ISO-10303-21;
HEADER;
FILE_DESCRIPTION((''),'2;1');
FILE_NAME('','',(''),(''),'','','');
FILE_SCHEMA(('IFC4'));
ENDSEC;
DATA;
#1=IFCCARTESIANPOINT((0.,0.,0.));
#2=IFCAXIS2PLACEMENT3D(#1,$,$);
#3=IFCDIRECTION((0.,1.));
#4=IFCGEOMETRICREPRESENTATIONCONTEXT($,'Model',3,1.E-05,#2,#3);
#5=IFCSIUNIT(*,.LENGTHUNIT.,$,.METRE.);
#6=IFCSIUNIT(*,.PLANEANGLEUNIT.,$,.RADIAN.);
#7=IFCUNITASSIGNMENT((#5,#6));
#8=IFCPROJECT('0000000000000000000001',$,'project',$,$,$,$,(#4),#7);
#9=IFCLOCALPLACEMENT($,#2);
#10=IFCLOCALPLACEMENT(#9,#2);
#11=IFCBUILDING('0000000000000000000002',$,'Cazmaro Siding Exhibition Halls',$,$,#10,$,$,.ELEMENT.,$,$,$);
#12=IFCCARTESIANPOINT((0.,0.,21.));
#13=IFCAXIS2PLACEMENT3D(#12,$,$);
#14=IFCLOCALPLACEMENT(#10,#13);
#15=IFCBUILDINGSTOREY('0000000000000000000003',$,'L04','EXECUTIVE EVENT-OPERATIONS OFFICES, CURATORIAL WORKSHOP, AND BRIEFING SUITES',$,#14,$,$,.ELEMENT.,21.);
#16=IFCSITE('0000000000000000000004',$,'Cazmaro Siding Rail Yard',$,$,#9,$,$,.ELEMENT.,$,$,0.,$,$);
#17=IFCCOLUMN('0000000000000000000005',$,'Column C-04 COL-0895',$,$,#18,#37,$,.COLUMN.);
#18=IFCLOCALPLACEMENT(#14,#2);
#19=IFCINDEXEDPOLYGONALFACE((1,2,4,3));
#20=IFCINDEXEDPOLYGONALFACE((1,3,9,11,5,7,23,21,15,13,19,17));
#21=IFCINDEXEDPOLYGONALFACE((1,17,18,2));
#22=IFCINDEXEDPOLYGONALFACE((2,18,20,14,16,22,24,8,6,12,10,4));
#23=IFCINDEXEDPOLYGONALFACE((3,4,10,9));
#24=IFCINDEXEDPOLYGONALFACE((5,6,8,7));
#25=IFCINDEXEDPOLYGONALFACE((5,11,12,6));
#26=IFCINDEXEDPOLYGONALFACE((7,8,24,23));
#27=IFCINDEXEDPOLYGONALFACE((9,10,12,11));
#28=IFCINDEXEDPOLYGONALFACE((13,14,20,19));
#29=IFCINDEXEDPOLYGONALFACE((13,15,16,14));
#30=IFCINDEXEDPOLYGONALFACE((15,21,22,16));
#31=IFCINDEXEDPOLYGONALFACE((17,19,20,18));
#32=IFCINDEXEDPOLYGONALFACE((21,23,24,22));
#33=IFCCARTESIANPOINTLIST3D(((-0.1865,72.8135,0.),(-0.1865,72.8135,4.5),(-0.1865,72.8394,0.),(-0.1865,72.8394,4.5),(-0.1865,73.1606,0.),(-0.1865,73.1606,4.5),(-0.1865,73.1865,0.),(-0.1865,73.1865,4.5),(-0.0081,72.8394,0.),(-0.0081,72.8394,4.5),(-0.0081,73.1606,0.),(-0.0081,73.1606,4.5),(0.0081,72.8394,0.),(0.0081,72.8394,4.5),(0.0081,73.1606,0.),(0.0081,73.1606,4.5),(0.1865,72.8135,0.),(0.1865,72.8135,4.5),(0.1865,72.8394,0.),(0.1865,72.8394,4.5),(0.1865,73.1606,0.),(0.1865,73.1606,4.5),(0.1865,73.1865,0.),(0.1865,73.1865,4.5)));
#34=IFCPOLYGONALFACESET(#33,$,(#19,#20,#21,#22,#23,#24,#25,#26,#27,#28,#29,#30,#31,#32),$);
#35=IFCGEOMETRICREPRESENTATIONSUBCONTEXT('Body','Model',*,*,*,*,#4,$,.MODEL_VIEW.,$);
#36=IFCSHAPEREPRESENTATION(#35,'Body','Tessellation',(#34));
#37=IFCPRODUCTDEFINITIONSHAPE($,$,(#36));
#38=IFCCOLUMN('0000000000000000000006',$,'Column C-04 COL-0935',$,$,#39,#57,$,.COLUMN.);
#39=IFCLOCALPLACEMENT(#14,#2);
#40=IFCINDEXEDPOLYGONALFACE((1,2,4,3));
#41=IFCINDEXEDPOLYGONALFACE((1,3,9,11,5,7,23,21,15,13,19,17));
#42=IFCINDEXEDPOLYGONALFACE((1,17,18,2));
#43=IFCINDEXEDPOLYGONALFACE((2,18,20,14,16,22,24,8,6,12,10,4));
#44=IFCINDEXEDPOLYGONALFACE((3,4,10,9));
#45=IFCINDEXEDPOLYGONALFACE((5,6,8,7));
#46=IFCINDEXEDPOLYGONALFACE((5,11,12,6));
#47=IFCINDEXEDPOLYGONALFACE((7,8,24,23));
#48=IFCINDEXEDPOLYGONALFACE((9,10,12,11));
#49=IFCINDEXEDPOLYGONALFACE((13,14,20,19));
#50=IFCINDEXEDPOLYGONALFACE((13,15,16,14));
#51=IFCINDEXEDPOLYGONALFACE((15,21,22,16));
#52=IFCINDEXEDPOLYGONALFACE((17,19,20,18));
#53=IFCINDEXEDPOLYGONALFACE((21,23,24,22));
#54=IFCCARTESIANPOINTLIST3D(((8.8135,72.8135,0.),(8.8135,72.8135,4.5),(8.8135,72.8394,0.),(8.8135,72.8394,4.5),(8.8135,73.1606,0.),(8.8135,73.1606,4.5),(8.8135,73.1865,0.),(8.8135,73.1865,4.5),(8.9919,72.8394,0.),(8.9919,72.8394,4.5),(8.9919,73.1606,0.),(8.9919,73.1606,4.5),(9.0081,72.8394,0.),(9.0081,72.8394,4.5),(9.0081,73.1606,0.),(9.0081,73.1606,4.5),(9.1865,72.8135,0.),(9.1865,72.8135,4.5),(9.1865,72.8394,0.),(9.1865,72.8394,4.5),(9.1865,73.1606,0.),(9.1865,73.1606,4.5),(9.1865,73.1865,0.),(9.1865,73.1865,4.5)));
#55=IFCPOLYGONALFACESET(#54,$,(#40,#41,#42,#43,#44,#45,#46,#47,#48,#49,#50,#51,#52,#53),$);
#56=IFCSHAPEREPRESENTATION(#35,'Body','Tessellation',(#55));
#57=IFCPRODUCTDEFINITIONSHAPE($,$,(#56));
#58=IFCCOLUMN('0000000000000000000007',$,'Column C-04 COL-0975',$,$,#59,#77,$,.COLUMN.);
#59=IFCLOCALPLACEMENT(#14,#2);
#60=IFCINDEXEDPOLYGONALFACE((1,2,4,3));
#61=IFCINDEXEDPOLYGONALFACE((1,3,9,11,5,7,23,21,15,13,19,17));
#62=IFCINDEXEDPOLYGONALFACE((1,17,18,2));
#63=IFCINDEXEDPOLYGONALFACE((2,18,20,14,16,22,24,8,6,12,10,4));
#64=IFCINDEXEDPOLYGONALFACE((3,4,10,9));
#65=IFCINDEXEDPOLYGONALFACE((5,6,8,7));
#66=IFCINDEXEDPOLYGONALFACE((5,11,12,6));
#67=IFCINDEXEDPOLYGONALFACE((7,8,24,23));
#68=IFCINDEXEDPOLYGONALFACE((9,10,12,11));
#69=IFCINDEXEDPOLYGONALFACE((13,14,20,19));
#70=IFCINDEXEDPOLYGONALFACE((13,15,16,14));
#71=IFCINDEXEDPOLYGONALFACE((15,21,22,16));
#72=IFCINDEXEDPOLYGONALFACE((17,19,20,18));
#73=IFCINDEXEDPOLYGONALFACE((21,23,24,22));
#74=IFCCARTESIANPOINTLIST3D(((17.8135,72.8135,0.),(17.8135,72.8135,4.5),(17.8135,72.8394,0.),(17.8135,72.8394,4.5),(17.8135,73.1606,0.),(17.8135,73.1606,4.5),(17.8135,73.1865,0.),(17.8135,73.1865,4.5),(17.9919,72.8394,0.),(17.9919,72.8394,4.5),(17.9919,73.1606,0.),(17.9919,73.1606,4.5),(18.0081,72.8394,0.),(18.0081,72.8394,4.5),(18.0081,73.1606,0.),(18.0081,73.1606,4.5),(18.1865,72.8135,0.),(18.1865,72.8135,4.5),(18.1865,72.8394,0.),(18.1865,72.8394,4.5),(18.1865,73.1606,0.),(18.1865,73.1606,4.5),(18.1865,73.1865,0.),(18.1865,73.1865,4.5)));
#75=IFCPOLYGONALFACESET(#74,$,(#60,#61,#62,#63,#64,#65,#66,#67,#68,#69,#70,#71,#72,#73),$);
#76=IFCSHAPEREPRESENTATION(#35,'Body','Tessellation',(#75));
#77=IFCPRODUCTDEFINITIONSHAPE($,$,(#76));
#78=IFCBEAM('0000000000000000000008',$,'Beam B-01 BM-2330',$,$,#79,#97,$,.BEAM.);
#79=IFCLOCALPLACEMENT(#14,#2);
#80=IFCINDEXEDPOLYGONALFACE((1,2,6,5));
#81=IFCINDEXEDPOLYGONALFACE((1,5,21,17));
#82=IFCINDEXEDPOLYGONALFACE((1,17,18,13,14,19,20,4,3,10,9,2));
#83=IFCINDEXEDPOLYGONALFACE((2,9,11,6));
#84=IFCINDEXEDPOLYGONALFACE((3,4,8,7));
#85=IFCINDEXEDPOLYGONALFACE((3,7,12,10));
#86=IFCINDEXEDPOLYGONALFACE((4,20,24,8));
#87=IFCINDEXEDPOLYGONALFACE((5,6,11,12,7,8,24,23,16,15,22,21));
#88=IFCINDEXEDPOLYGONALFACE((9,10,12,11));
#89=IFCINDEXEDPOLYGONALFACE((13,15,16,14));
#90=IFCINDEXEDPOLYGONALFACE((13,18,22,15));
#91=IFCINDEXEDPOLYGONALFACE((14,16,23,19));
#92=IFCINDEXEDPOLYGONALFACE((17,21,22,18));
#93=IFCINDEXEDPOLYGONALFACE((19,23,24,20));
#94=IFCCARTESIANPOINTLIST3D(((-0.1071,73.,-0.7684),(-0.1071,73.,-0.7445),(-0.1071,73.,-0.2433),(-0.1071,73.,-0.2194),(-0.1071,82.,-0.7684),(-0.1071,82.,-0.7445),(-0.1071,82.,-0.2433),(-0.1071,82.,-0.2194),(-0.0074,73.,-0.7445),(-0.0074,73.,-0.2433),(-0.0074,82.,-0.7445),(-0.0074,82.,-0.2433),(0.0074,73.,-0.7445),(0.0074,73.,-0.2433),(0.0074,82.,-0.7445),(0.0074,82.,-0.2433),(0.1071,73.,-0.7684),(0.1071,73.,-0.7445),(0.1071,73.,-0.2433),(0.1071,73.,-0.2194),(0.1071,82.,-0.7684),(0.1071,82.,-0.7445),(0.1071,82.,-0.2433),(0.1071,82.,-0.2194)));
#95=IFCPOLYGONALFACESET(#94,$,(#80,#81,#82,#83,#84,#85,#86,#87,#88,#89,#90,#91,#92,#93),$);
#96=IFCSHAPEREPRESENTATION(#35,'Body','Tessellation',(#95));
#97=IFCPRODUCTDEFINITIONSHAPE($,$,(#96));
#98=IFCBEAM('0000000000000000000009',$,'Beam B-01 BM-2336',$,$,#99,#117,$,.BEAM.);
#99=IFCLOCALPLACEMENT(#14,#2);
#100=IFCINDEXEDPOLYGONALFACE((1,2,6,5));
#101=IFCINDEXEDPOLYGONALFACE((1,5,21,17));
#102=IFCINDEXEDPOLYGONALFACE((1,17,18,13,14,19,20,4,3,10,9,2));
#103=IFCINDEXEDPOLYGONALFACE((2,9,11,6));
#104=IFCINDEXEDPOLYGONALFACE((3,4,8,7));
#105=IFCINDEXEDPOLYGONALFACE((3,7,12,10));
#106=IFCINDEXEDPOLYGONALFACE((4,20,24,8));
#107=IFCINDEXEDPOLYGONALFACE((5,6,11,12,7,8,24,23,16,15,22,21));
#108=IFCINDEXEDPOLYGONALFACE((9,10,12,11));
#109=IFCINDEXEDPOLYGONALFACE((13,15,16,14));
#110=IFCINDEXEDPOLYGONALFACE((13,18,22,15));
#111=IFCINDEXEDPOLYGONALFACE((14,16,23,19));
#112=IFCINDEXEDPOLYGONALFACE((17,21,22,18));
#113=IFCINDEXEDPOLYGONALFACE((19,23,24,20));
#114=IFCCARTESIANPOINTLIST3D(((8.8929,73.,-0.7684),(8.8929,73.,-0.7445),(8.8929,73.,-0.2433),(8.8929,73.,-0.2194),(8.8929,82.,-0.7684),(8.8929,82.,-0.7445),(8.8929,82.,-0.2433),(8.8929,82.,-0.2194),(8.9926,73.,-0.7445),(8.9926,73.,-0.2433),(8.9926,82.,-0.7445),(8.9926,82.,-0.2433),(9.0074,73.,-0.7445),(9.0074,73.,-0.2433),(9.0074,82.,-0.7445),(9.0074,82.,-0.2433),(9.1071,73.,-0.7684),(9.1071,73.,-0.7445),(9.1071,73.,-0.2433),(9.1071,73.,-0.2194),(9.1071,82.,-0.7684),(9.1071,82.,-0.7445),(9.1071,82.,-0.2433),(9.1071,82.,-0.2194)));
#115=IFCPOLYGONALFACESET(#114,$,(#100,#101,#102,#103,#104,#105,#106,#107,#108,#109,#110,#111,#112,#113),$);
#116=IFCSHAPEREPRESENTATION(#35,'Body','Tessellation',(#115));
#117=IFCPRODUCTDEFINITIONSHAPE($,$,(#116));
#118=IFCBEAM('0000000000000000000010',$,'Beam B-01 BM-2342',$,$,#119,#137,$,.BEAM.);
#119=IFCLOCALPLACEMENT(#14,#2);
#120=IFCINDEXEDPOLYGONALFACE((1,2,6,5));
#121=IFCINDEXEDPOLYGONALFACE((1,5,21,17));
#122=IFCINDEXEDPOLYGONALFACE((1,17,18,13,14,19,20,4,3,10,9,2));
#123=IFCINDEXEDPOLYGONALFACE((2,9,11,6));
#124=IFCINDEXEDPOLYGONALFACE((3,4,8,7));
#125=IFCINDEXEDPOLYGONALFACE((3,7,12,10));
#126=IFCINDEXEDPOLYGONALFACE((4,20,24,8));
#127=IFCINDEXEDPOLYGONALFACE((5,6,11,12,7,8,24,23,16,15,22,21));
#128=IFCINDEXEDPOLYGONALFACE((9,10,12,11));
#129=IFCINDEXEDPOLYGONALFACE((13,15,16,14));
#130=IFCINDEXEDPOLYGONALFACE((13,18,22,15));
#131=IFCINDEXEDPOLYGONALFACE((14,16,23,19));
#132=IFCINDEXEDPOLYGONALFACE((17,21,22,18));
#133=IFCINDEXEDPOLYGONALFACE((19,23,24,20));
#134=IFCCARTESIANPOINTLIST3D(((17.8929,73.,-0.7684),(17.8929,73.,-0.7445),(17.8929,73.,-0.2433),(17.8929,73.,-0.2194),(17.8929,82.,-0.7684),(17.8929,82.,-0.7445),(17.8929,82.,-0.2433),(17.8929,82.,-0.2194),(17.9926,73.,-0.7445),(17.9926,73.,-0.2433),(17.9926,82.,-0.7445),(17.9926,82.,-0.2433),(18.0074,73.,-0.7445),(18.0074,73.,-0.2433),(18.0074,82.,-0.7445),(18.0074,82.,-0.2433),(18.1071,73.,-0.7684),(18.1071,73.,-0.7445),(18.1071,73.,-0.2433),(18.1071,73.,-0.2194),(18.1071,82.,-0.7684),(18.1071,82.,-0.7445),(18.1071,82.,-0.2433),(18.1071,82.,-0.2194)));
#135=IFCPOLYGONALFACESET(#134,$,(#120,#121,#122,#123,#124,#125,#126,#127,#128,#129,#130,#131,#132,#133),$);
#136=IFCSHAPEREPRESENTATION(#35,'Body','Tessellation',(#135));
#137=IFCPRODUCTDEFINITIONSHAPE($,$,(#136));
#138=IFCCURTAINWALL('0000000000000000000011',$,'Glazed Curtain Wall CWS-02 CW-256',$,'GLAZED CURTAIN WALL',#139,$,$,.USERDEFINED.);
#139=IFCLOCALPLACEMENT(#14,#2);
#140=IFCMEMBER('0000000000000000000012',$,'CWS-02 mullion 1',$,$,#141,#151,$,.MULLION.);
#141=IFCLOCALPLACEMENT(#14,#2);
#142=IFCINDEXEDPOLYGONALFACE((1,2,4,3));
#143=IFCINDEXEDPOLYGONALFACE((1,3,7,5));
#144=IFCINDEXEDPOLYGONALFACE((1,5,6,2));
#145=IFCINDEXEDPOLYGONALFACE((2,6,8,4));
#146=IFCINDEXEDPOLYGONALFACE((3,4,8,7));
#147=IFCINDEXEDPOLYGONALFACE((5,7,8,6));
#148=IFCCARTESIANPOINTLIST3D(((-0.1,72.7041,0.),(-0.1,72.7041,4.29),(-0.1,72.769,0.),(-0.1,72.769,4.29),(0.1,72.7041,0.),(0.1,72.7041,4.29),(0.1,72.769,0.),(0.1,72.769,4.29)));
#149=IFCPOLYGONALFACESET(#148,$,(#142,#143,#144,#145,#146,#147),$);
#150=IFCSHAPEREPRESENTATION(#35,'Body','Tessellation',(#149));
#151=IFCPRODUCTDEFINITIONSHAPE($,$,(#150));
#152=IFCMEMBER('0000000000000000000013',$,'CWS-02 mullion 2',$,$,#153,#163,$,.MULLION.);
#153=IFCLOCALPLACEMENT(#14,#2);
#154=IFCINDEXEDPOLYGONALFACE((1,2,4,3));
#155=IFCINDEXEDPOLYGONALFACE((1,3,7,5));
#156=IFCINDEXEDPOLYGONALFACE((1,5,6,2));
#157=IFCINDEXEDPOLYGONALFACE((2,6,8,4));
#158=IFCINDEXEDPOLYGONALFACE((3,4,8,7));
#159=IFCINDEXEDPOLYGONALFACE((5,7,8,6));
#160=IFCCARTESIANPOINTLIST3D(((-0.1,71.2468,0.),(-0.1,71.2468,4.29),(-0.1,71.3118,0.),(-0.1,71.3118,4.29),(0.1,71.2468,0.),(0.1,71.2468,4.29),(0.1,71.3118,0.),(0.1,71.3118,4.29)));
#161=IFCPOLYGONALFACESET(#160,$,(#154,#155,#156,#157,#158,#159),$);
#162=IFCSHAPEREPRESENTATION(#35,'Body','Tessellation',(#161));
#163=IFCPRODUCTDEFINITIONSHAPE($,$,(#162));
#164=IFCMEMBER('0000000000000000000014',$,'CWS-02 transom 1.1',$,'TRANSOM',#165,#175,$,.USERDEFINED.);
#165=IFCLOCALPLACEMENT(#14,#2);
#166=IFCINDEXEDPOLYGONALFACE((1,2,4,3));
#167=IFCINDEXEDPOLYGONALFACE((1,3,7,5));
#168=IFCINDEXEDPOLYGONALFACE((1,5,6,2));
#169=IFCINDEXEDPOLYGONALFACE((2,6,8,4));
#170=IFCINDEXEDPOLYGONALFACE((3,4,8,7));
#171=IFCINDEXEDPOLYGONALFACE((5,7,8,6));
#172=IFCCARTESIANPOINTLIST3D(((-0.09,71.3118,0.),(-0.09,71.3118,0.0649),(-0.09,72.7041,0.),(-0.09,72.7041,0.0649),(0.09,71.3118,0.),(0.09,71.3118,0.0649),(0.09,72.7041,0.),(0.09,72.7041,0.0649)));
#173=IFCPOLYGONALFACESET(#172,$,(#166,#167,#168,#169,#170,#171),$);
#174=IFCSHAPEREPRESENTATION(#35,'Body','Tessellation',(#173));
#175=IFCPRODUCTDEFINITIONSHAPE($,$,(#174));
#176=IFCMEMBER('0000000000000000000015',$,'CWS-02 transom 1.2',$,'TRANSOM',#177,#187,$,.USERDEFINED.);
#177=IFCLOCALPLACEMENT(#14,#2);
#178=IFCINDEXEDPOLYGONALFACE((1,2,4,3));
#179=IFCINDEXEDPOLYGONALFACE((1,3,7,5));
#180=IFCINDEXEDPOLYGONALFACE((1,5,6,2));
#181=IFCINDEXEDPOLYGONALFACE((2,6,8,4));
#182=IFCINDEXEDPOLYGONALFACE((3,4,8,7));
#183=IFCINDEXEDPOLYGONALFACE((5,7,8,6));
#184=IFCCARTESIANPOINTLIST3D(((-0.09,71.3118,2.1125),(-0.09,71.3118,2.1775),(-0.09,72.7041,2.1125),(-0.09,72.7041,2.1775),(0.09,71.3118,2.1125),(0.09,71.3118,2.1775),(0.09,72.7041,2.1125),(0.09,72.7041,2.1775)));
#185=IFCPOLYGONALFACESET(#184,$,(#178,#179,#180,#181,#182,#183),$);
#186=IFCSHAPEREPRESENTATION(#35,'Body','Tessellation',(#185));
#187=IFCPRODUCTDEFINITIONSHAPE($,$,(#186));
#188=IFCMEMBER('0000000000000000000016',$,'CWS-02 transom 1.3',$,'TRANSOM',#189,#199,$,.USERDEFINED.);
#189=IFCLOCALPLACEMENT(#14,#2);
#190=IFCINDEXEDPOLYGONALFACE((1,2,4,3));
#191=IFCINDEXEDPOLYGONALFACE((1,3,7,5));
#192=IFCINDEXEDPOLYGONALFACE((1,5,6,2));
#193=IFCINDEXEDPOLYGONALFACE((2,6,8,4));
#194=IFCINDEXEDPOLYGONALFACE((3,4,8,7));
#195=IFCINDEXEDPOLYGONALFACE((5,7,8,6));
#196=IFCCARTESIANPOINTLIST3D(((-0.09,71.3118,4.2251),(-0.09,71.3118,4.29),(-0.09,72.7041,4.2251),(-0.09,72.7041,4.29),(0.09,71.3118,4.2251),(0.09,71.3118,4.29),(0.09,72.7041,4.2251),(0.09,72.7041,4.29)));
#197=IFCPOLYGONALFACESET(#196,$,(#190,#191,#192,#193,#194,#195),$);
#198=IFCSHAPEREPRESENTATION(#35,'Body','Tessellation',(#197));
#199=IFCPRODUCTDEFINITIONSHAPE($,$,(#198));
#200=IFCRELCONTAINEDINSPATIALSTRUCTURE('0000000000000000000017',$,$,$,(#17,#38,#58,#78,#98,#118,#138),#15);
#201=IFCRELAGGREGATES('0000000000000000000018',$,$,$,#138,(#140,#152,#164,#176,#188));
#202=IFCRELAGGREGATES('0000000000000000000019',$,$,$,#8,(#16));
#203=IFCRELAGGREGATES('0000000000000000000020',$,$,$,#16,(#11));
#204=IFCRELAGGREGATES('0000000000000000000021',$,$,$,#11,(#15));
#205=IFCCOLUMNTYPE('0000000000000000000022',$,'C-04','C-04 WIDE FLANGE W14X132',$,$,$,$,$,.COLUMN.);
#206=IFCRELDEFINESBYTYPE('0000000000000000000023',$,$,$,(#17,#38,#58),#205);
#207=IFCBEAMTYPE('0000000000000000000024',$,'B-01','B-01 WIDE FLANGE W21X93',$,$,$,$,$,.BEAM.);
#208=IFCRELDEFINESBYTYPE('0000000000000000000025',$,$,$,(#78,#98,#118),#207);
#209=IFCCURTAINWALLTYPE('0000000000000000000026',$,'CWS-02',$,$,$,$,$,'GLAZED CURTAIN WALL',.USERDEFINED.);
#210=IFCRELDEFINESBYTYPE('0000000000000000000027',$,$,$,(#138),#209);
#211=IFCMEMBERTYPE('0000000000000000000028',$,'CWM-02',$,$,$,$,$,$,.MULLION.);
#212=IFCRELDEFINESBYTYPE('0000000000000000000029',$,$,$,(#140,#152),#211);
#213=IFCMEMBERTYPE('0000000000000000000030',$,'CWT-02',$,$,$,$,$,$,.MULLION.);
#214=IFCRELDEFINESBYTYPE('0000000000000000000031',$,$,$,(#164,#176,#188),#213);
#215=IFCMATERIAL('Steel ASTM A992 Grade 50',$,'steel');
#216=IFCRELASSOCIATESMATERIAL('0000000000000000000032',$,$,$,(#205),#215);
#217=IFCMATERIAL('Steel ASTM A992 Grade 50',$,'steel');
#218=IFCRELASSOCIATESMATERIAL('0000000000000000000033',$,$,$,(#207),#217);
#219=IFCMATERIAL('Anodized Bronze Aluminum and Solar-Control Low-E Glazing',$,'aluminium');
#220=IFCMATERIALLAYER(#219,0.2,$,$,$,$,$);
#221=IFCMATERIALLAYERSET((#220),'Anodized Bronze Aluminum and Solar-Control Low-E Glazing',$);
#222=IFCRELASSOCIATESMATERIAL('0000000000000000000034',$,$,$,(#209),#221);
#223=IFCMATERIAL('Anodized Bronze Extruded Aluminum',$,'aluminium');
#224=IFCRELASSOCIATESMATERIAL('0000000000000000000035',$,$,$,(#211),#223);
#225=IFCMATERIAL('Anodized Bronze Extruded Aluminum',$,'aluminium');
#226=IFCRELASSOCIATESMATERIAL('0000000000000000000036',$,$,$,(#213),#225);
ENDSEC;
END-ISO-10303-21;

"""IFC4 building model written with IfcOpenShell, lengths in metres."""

from ifc_helpers import new_model, si_unit, direction, frame, origin, origin_2d, place, context, subcontext, project, spatial, rectangle, i_section, extrude, material, layer, layer_set, material_profile, profile_set, type_object, element, aggregate, save


model = new_model("IFC4")

# Units and contexts
model_context = context("Model", 3, precision=1e-05, world=origin(), true_north=direction((0.0, 1.0)))
body_context = subcontext(model_context, "Body", "Model", "MODEL_VIEW")
ifc_project = project(units=[si_unit("LENGTHUNIT", "METRE"), si_unit("PLANEANGLEUNIT", "RADIAN")], contexts=[model_context])

# Site, building, storey
site_placement = place(None, origin())
site = spatial("IfcSite", under=ifc_project, at=site_placement, Name="Cazmaro Siding Rail Yard", CompositionType="ELEMENT", RefElevation=0.0)
building_placement = place(site_placement, origin())
building = spatial("IfcBuilding", under=site, at=building_placement, Name="Cazmaro Siding Exhibition Halls", CompositionType="ELEMENT")
storey_placement = place(building_placement, frame((0.0, 0.0, 21.0)))
storey = spatial("IfcBuildingStorey", under=building, at=storey_placement, Name="L04", Description="EXECUTIVE EVENT-OPERATIONS OFFICES, CURATORIAL WORKSHOP, AND BRIEFING SUITES", CompositionType="ELEMENT", Elevation=21.0)

# Columns
ifc_material_1 = material(Name="Steel ASTM A992 Grade 50", Category="steel")
ifc_material_profile_1 = material_profile(ifc_material_1, i_section(OverallWidth=0.373, OverallDepth=0.373, WebThickness=0.0161, FlangeThickness=0.0259, at=origin_2d()), Name="W14X132")
ifc_profile_set_1 = profile_set([ifc_material_profile_1], Name="Steel ASTM A992 Grade 50")
column_type = type_object("IfcColumnType", Name="C-04", Description="C-04 WIDE FLANGE W14X132", PredefinedType="COLUMN", material=ifc_profile_set_1)
for number, where, z_axis, x_axis, name in (
    (1, (0.0, 73.0, 0.0), (0.0, 0.0, 1.0), (1.0, 0.0, 0.0), "Column C-04 COL-0895"),
    (2, (9.0, 73.0, 0.0), (0.0, 0.0, 1.0), (1.0, 0.0, 0.0), "Column C-04 COL-0935"),
    (3, (18.0, 73.0, 0.0), (0.0, 0.0, 1.0), (1.0, 0.0, 0.0), "Column C-04 COL-0975"),
):
    element("IfcColumn", number, at=place(storey_placement, frame(where, z_axis=z_axis, x_axis=x_axis)), inside=storey, type_object=column_type, Name=name, PredefinedType="COLUMN", context=body_context, shape_type="SweptSolid", body=[
        extrude(i_section(OverallWidth=0.373, OverallDepth=0.373, WebThickness=0.0161, FlangeThickness=0.0259, at=origin_2d()), origin(), (0.0, 0.0, 1.0), 4.5),
    ])

# Beams
ifc_material_2 = material(Name="Steel ASTM A992 Grade 50", Category="steel")
ifc_material_profile_2 = material_profile(ifc_material_2, i_section(OverallWidth=0.2141, OverallDepth=0.5491, WebThickness=0.0149, FlangeThickness=0.0239, at=origin_2d()), Name="W21X93")
ifc_profile_set_2 = profile_set([ifc_material_profile_2], Name="Steel ASTM A992 Grade 50")
beam_type_1 = type_object("IfcBeamType", Name="B-01", Description="B-01 WIDE FLANGE W21X93", PredefinedType="BEAM", material=ifc_profile_set_2)
for number, where, z_axis, x_axis, name in (
    (4, (0.0, 73.0, -0.4939), (0.0, 1.0, 0.0), (-1.0, 0.0, 0.0), "Beam B-01 BM-2330"),
    (5, (9.0, 73.0, -0.4939), (0.0, 1.0, 0.0), (-1.0, 0.0, 0.0), "Beam B-01 BM-2336"),
    (6, (18.0, 73.0, -0.4939), (0.0, 1.0, 0.0), (-1.0, 0.0, 0.0), "Beam B-01 BM-2342"),
):
    element("IfcBeam", number, at=place(storey_placement, frame(where, z_axis=z_axis, x_axis=x_axis)), inside=storey, type_object=beam_type_1, Name=name, PredefinedType="BEAM", context=body_context, shape_type="SweptSolid", body=[
        extrude(i_section(OverallWidth=0.2141, OverallDepth=0.5491, WebThickness=0.0149, FlangeThickness=0.0239, at=origin_2d()), origin(), (0.0, 0.0, 1.0), 9.0),
    ])

# Curtain wall, members
ifc_material_3 = material(Name="Anodized Bronze Aluminum and Solar-Control Low-E Glazing", Category="aluminium")
ifc_layer_1 = layer(ifc_material_3, 0.2)
ifc_layer_set_1 = layer_set([ifc_layer_1], Name="Anodized Bronze Aluminum and Solar-Control Low-E Glazing")
curtain_wall_type = type_object("IfcCurtainWallType", Name="CWS-02", ElementType="GLAZED CURTAIN WALL", PredefinedType="USERDEFINED", material=ifc_layer_set_1)
curtain_wall_placement = place(storey_placement, origin())
curtain_wall = element("IfcCurtainWall", 7, at=curtain_wall_placement, inside=storey, type_object=curtain_wall_type, Name="Glazed Curtain Wall CWS-02 CW-256", ObjectType="GLAZED CURTAIN WALL", PredefinedType="USERDEFINED")
ifc_material_4 = material(Name="Anodized Bronze Extruded Aluminum", Category="aluminium")
ifc_material_profile_3 = material_profile(ifc_material_4, rectangle(XDim=0.2, YDim=0.0649, at=origin_2d()), Name="CWM-02")
ifc_profile_set_3 = profile_set([ifc_material_profile_3], Name="Anodized Bronze Extruded Aluminum")
member_type_1 = type_object("IfcMemberType", Name="CWM-02", PredefinedType="MULLION", material=ifc_profile_set_3)
member_1_placement = place(storey_placement, frame((0.0, 72.7366, 0.0), z_axis=(0.0, 0.0, 1.0), x_axis=(1.0, 0.0, 0.0)))
member_1 = element("IfcMember", 8, at=member_1_placement, type_object=member_type_1, Name="CWS-02 mullion 1", PredefinedType="MULLION", context=body_context, shape_type="SweptSolid", body=[
    extrude(rectangle(XDim=0.2, YDim=0.0649, at=origin_2d()), origin(), (0.0, 0.0, 1.0), 4.29),
])
member_2_placement = place(storey_placement, frame((0.0, 71.2793, 0.0), z_axis=(0.0, 0.0, 1.0), x_axis=(1.0, 0.0, 0.0)))
member_2 = element("IfcMember", 9, at=member_2_placement, type_object=member_type_1, Name="CWS-02 mullion 2", PredefinedType="MULLION", context=body_context, shape_type="SweptSolid", body=[
    extrude(rectangle(XDim=0.2, YDim=0.0649, at=origin_2d()), origin(), (0.0, 0.0, 1.0), 4.29),
])
ifc_material_5 = material(Name="Anodized Bronze Extruded Aluminum", Category="aluminium")
ifc_material_profile_4 = material_profile(ifc_material_5, rectangle(XDim=0.1799, YDim=0.0649, at=origin_2d()), Name="CWT-02")
ifc_profile_set_4 = profile_set([ifc_material_profile_4], Name="Anodized Bronze Extruded Aluminum")
member_type_2 = type_object("IfcMemberType", Name="CWT-02", PredefinedType="MULLION", material=ifc_profile_set_4)
member_3_placement = place(storey_placement, frame((0.0, 72.7041, 0.0325), z_axis=(0.0, -1.0, 0.0), x_axis=(1.0, 0.0, 0.0)))
member_3 = element("IfcMember", 10, at=member_3_placement, type_object=member_type_2, Name="CWS-02 transom 1.1", ObjectType="TRANSOM", PredefinedType="USERDEFINED", context=body_context, shape_type="SweptSolid", body=[
    extrude(rectangle(XDim=0.1799, YDim=0.0649, at=origin_2d()), origin(), (0.0, 0.0, 1.0), 1.3923),
])
member_4_placement = place(storey_placement, frame((0.0, 72.7041, 2.145), z_axis=(0.0, -1.0, 0.0), x_axis=(1.0, 0.0, 0.0)))
member_4 = element("IfcMember", 11, at=member_4_placement, type_object=member_type_2, Name="CWS-02 transom 1.2", ObjectType="TRANSOM", PredefinedType="USERDEFINED", context=body_context, shape_type="SweptSolid", body=[
    extrude(rectangle(XDim=0.1799, YDim=0.0649, at=origin_2d()), origin(), (0.0, 0.0, 1.0), 1.3923),
])
member_5_placement = place(storey_placement, frame((0.0, 72.7041, 4.2576), z_axis=(0.0, -1.0, 0.0), x_axis=(1.0, 0.0, 0.0)))
member_5 = element("IfcMember", 12, at=member_5_placement, type_object=member_type_2, Name="CWS-02 transom 1.3", ObjectType="TRANSOM", PredefinedType="USERDEFINED", context=body_context, shape_type="SweptSolid", body=[
    extrude(rectangle(XDim=0.1799, YDim=0.0649, at=origin_2d()), origin(), (0.0, 0.0, 1.0), 1.3923),
])

aggregate(curtain_wall, [member_1, member_2, member_3, member_4, member_5])

save(model, "model.ifc")
